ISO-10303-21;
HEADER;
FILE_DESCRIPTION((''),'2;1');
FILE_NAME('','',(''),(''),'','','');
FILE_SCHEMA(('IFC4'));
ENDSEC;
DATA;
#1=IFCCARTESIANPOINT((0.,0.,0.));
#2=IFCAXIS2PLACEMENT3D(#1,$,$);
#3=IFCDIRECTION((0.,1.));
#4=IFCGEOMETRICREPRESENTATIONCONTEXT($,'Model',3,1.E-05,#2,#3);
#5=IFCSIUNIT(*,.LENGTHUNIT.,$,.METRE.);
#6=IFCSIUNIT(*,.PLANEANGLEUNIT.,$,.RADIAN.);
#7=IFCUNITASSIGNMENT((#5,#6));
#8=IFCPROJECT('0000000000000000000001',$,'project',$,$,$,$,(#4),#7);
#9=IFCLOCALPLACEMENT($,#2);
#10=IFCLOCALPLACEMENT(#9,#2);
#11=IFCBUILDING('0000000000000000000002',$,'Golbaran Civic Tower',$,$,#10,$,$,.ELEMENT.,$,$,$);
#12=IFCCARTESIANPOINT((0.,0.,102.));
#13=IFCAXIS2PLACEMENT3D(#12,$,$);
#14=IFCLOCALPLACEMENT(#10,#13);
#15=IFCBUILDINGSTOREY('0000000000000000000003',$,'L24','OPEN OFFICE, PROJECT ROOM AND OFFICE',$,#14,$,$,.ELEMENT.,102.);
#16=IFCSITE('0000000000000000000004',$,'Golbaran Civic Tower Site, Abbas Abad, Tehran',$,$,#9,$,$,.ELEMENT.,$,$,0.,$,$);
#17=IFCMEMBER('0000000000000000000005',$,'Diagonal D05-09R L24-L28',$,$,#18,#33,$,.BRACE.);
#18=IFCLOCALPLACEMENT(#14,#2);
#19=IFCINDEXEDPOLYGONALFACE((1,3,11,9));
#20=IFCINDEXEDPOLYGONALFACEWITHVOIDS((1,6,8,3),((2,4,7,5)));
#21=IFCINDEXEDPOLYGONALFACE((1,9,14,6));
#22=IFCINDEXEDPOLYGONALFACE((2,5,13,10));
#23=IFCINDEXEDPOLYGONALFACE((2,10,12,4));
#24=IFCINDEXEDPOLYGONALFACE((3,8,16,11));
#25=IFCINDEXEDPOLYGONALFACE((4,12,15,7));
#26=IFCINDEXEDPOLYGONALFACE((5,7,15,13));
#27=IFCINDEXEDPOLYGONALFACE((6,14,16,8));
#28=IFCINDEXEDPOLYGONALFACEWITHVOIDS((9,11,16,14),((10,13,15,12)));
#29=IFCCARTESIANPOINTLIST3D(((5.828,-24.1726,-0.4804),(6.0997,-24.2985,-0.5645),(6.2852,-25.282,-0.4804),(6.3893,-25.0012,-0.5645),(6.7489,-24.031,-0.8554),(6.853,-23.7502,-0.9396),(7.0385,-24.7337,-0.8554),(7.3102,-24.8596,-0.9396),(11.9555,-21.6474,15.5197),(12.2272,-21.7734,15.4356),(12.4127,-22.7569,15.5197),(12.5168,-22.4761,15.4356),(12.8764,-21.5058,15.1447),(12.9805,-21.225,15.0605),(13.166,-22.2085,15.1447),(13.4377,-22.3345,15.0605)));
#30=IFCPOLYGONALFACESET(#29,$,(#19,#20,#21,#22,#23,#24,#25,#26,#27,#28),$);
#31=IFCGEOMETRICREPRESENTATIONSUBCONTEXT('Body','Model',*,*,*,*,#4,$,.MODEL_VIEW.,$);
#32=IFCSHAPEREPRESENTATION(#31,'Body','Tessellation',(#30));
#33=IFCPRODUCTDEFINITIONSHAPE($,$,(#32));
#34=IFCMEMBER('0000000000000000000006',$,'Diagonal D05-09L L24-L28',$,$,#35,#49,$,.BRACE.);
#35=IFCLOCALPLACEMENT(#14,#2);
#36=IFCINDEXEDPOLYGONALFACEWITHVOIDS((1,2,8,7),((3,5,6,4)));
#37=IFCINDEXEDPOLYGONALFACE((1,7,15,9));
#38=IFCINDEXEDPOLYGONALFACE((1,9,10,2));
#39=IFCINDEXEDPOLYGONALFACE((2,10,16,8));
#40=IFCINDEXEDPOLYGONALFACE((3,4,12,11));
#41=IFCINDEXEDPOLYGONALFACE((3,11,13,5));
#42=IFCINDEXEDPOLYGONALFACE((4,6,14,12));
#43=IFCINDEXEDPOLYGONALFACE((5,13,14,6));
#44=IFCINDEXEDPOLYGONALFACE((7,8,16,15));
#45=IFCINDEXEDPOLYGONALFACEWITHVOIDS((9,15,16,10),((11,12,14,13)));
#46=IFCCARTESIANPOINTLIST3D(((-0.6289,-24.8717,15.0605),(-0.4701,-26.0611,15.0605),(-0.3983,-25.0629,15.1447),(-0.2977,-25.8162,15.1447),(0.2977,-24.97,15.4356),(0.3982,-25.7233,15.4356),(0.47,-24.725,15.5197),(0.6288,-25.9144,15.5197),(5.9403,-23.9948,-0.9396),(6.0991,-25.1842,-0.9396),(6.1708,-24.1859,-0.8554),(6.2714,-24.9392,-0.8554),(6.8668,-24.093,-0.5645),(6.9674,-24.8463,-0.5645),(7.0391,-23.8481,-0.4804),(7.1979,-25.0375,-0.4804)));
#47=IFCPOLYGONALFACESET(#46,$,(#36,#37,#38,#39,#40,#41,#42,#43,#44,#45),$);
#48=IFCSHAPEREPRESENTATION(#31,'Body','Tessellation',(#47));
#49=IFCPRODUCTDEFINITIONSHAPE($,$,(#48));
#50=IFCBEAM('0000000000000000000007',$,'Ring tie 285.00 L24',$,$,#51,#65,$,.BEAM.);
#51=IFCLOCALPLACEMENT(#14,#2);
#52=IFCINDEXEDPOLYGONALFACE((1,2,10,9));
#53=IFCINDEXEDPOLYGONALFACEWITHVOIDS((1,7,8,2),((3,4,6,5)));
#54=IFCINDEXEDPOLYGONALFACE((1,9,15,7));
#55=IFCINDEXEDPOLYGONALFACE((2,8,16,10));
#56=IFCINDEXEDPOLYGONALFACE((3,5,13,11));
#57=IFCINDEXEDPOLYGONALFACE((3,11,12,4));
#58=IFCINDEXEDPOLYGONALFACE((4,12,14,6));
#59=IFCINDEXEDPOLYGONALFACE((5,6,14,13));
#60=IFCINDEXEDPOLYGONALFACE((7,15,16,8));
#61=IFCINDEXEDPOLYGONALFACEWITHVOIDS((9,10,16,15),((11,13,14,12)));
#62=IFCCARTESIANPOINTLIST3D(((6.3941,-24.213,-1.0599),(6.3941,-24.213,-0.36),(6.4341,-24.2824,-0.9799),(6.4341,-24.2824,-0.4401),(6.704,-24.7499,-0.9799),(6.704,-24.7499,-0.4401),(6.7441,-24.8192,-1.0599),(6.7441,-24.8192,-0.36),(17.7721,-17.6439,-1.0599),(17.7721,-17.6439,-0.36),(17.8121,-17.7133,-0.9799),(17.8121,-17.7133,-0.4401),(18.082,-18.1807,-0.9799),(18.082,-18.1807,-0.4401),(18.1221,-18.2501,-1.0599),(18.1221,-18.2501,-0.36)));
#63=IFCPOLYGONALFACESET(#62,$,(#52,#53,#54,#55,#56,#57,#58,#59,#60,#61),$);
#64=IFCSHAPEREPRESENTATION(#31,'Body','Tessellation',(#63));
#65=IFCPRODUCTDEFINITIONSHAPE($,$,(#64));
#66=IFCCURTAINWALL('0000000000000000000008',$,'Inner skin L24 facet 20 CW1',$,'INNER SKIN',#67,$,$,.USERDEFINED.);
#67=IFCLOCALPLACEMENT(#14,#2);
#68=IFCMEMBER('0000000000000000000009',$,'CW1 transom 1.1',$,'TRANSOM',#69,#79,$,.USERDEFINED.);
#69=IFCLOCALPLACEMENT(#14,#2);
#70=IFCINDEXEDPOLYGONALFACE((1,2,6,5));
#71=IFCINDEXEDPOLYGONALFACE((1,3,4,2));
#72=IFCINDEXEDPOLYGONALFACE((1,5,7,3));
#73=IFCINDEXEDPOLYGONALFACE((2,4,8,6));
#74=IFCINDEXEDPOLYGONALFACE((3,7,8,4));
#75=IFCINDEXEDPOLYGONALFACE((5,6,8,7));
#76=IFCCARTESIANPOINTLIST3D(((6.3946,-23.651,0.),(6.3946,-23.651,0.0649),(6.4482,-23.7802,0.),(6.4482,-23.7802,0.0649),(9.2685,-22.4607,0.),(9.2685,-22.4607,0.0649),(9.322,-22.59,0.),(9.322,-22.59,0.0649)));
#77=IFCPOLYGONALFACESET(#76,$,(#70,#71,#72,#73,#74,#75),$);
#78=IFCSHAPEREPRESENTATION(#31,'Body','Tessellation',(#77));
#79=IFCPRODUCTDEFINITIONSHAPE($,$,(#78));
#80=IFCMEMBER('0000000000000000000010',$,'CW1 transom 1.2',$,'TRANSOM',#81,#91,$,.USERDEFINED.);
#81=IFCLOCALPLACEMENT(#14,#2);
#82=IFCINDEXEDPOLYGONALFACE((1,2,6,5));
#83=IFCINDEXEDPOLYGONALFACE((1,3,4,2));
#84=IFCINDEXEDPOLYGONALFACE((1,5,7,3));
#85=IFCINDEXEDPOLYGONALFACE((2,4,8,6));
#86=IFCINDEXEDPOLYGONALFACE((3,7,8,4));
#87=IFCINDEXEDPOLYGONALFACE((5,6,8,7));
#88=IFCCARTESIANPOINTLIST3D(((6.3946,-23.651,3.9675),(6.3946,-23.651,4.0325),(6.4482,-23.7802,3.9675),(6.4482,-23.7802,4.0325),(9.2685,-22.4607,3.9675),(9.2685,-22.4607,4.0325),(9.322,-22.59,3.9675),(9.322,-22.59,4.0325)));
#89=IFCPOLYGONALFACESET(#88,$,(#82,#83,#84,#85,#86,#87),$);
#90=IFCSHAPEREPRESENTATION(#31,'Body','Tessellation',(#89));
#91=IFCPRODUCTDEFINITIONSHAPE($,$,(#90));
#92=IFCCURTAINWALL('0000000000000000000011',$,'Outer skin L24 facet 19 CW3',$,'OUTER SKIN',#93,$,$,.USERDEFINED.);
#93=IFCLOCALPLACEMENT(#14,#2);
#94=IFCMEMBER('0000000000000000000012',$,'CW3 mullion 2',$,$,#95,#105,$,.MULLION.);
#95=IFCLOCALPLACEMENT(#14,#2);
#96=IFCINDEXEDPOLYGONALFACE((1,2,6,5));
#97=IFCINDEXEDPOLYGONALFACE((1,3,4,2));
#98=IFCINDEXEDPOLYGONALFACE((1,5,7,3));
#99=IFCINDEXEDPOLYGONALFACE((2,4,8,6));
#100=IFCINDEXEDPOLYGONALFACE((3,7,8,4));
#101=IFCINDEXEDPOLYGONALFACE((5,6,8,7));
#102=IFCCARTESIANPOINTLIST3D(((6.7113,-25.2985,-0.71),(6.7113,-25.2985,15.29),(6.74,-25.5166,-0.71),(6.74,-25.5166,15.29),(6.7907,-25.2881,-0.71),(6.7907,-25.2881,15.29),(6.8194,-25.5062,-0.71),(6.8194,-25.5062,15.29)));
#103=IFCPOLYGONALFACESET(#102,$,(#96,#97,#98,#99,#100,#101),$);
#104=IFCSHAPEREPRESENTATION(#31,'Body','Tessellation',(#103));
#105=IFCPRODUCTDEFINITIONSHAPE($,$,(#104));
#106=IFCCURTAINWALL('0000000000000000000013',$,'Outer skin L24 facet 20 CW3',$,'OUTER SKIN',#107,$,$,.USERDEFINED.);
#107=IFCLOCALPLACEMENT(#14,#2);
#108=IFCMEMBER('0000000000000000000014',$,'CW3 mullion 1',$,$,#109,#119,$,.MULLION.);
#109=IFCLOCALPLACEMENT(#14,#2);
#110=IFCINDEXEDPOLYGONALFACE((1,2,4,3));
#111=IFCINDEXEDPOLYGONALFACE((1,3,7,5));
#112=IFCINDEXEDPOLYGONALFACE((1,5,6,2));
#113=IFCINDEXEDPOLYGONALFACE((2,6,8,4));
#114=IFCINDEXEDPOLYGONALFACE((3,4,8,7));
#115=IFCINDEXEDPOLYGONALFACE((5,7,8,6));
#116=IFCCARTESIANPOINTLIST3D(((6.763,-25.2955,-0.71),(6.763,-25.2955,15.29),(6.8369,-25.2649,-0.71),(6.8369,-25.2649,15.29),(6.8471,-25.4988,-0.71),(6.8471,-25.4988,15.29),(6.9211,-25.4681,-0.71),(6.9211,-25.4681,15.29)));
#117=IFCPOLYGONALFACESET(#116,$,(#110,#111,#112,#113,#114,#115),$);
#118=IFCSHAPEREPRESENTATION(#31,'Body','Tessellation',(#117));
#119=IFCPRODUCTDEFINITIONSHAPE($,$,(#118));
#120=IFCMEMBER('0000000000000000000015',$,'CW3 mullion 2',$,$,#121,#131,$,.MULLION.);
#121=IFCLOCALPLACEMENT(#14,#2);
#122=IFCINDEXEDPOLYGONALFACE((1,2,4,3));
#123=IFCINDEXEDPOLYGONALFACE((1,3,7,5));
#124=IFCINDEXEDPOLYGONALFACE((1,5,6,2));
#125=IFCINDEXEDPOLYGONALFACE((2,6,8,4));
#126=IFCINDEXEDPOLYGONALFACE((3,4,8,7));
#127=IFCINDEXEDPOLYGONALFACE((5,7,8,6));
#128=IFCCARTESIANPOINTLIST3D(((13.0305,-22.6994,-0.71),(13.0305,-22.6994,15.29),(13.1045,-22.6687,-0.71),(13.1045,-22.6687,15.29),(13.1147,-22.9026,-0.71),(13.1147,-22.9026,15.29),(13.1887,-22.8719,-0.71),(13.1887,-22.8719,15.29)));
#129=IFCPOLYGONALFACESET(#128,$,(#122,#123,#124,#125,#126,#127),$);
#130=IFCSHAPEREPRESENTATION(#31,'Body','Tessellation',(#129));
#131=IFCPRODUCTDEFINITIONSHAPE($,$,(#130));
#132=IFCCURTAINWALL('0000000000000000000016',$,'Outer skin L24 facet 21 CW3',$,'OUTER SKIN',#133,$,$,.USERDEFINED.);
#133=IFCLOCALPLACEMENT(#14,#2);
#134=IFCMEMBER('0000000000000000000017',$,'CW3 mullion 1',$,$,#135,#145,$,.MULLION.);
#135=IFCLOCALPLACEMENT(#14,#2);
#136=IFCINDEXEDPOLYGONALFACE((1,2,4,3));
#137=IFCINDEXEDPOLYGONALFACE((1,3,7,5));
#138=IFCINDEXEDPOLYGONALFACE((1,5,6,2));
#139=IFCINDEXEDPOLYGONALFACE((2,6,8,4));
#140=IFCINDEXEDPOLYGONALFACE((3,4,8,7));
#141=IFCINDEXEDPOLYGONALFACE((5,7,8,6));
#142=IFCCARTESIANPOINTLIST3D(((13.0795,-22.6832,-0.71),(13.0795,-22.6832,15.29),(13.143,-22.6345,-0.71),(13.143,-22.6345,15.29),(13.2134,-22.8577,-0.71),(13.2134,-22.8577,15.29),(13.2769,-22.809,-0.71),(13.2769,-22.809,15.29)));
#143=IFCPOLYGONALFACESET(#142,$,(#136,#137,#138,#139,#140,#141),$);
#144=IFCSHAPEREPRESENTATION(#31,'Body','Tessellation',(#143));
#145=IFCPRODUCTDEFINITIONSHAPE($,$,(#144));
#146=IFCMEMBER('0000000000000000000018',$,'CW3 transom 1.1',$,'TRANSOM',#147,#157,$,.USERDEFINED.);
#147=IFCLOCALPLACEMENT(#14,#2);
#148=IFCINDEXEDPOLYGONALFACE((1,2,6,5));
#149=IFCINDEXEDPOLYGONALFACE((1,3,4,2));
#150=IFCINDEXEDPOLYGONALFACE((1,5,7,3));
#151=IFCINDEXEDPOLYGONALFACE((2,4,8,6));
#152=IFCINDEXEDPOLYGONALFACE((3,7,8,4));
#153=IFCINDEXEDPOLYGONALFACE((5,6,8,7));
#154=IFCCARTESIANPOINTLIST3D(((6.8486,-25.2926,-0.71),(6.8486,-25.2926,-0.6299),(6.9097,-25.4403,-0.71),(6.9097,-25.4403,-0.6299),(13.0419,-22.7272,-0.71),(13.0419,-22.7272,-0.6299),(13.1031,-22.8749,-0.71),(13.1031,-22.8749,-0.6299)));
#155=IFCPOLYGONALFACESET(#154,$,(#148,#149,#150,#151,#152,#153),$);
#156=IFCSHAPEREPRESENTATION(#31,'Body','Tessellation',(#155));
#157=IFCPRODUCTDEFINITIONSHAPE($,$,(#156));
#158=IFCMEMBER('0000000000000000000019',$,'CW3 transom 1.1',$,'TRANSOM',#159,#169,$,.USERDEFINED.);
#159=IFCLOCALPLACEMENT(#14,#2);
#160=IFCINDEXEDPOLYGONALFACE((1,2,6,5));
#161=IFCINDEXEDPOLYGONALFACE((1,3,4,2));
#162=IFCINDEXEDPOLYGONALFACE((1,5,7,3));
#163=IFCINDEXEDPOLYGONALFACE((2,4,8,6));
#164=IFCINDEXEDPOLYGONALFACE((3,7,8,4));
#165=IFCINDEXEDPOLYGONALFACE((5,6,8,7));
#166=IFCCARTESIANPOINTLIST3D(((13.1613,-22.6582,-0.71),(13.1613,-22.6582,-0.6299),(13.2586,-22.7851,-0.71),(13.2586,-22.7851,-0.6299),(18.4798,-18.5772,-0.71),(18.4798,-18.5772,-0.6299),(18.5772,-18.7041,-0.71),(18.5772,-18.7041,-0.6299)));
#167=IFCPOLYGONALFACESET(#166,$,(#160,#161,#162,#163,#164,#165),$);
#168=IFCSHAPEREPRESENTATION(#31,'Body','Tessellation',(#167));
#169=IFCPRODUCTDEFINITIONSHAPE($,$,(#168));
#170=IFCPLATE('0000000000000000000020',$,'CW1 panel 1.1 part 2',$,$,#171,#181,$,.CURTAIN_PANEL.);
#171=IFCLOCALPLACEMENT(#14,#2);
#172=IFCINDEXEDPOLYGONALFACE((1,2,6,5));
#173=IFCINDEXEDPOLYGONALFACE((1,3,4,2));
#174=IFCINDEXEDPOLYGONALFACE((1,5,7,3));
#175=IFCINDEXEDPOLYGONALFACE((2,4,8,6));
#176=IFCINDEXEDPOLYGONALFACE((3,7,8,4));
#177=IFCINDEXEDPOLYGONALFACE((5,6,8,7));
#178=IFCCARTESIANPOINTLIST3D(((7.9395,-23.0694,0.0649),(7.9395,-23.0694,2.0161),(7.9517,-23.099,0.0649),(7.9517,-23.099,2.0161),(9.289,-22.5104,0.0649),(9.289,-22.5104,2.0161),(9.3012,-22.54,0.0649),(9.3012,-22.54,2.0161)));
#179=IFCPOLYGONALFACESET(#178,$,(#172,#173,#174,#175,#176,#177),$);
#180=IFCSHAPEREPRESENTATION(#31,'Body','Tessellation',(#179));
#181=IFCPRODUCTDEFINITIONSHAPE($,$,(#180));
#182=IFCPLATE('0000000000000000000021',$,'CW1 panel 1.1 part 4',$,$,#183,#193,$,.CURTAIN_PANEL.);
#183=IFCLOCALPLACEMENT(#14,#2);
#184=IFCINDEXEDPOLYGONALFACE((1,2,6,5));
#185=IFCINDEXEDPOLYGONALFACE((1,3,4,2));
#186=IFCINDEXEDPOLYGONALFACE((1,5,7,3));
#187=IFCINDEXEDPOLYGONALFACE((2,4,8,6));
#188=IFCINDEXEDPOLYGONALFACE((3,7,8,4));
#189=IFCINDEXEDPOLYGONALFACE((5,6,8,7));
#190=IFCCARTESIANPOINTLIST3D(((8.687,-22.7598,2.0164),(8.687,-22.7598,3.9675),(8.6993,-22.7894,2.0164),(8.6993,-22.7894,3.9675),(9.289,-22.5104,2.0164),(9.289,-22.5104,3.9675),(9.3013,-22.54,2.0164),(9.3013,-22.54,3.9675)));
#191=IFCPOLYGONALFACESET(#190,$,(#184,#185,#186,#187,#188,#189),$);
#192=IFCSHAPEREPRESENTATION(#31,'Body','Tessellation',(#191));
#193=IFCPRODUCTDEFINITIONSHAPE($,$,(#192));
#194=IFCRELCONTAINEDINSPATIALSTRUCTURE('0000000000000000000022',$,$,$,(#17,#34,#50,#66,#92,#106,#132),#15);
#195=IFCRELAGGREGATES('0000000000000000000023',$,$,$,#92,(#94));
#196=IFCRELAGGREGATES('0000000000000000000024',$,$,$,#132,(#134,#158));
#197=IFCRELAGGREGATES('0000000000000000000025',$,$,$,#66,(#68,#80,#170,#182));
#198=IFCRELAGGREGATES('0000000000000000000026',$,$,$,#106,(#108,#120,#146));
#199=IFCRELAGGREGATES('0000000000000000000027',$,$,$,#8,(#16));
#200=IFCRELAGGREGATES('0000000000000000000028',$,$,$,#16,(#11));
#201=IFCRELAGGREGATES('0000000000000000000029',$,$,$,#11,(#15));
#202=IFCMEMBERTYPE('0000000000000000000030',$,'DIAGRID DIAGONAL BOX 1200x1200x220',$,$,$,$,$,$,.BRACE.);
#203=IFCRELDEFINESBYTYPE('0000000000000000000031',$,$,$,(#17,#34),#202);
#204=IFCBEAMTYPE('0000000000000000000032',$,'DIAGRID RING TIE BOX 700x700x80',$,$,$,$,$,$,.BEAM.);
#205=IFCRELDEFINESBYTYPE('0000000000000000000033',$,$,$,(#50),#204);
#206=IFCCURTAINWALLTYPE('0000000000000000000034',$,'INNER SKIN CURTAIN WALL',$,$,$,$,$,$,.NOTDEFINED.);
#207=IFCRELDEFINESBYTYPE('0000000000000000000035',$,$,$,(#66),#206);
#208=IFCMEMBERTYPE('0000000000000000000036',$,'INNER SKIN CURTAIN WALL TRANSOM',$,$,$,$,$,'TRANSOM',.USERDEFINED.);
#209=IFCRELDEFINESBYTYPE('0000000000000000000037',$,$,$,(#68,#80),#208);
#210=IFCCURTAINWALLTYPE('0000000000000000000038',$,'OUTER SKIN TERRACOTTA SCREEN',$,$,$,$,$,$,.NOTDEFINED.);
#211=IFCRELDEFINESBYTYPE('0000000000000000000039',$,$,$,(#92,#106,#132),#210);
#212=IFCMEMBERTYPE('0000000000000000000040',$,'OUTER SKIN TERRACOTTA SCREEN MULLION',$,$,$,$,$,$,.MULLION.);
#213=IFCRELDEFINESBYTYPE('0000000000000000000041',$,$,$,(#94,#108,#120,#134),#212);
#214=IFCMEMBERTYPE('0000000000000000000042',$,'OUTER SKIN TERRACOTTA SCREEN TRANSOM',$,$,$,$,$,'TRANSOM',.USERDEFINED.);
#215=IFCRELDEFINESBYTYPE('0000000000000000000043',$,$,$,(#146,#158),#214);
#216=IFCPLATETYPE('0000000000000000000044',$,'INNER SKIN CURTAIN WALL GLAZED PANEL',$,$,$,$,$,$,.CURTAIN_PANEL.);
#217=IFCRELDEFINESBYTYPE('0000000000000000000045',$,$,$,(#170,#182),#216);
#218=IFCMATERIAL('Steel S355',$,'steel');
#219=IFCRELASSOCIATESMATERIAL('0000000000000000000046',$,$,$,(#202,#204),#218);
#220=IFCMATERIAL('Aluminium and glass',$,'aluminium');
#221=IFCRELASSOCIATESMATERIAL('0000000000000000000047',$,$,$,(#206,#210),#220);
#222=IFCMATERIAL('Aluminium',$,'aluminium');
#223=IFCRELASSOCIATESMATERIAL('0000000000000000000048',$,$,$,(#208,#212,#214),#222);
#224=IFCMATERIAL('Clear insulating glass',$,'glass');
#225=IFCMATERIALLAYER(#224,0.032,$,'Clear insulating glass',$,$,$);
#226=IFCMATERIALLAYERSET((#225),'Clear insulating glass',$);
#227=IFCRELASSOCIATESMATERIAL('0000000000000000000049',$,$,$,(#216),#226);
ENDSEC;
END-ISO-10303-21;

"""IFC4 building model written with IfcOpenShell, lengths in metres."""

from ifc_helpers import new_model, si_unit, direction, frame, origin, origin_2d, place, context, subcontext, project, spatial, rectangle, hollow_rectangle, extrude, material, layer, layer_set, material_profile, profile_set, type_object, element, aggregate, save


model = new_model("IFC4")

# Units and contexts
model_context = context("Model", 3, precision=1e-05, world=origin(), true_north=direction((0.0, 1.0)))
body_context = subcontext(model_context, "Body", "Model", "MODEL_VIEW")
ifc_project = project(units=[si_unit("LENGTHUNIT", "METRE"), si_unit("PLANEANGLEUNIT", "RADIAN")], contexts=[model_context])

# Site, building, storey
site_placement = place(None, origin())
site = spatial("IfcSite", under=ifc_project, at=site_placement, Name="Golbaran Civic Tower Site, Abbas Abad, Tehran", CompositionType="ELEMENT", RefElevation=0.0)
building_placement = place(site_placement, origin())
building = spatial("IfcBuilding", under=site, at=building_placement, Name="Golbaran Civic Tower", CompositionType="ELEMENT")
storey_placement = place(building_placement, frame((0.0, 0.0, 102.0)))
storey = spatial("IfcBuildingStorey", under=building, at=storey_placement, Name="L24", Description="OPEN OFFICE, PROJECT ROOM AND OFFICE", CompositionType="ELEMENT", Elevation=102.0)

# Members
ifc_material_1 = material(Name="Steel S355", Category="steel")
ifc_material_profile_1 = material_profile(ifc_material_1, hollow_rectangle(XDim=1.2, YDim=1.2, WallThickness=0.22, at=origin_2d()), Name="BOX 1200x1200x220")
ifc_profile_set_1 = profile_set([ifc_material_profile_1], Name="Steel S355")
member_type_1 = type_object("IfcMemberType", Name="DIAGRID DIAGONAL BOX 1200x1200x220", PredefinedType="BRACE", material=ifc_profile_set_1)
for number, where, z_axis, x_axis, name in (
    (1, (6.5691, -24.5161, -0.71), (0.353814, 0.145808, 0.923881), (-0.381018, 0.924567, 0.0), "Diagonal D05-09R L24-L28"),
    (2, (6.5691, -24.5161, -0.71), (-0.379316, -0.050637, 0.923881), (0.132323, -0.991207, 0.0), "Diagonal D05-09L L24-L28"),
):
    element("IfcMember", number, at=place(storey_placement, frame(where, z_axis=z_axis, x_axis=x_axis)), inside=storey, type_object=member_type_1, Name=name, PredefinedType="BRACE", context=body_context, shape_type="SweptSolid", body=[
        extrude(hollow_rectangle(XDim=1.2, YDim=1.2, WallThickness=0.22, at=origin_2d()), origin(), (0.0, 0.0, 1.0), 17.3184),
    ])

# Beam
ifc_material_profile_2 = material_profile(ifc_material_1, hollow_rectangle(XDim=0.7, YDim=0.7, WallThickness=0.0801, at=origin_2d()), Name="BOX 700x700x80")
ifc_profile_set_2 = profile_set([ifc_material_profile_2], Name="Steel S355")
beam_type = type_object("IfcBeamType", Name="DIAGRID RING TIE BOX 700x700x80", PredefinedType="BEAM", material=ifc_profile_set_2)
beam_placement = place(storey_placement, frame((6.5691, -24.5161, -0.71), z_axis=(0.866024, 0.500002, 0.0), x_axis=(-0.500002, 0.866024, 0.0)))
element("IfcBeam", 3, at=beam_placement, inside=storey, type_object=beam_type, Name="Ring tie 285.00 L24", PredefinedType="BEAM", context=body_context, shape_type="SweptSolid", body=[
    extrude(hollow_rectangle(XDim=0.7, YDim=0.7, WallThickness=0.0801, at=origin_2d()), origin(), (0.0, 0.0, 1.0), 13.1382),
])

# Curtain wall, members
ifc_material_2 = material(Name="Aluminium and glass", Category="aluminium")
curtain_wall_type_1 = type_object("IfcCurtainWallType", Name="INNER SKIN CURTAIN WALL", PredefinedType="NOTDEFINED", material=ifc_material_2)
curtain_wall_1_placement = place(storey_placement, origin())
curtain_wall_1 = element("IfcCurtainWall", 4, at=curtain_wall_1_placement, inside=storey, type_object=curtain_wall_type_1, Name="Inner skin L24 facet 20 CW1", ObjectType="INNER SKIN", PredefinedType="USERDEFINED")
ifc_material_3 = material(Name="Aluminium", Category="aluminium")
ifc_material_profile_3 = material_profile(ifc_material_3, rectangle(XDim=0.1399, YDim=0.0649, at=origin_2d()), Name="INNER SKIN CURTAIN WALL TRANSOM")
ifc_profile_set_3 = profile_set([ifc_material_profile_3], Name="Aluminium")
member_type_2 = type_object("IfcMemberType", Name="INNER SKIN CURTAIN WALL TRANSOM", ElementType="TRANSOM", PredefinedType="USERDEFINED", material=ifc_profile_set_3)
member_1_placement = place(storey_placement, frame((6.4214, -23.7156, 0.0325), z_axis=(0.923899, 0.382636, 0.0), x_axis=(-0.382636, 0.923899, 0.0)))
member_1 = element("IfcMember", 5, at=member_1_placement, type_object=member_type_2, Name="CW1 transom 1.1", ObjectType="TRANSOM", PredefinedType="USERDEFINED", context=body_context, shape_type="SweptSolid", body=[
    extrude(rectangle(XDim=0.1399, YDim=0.0649, at=origin_2d()), origin(), (0.0, 0.0, 1.0), 3.1106),
])
member_2_placement = place(storey_placement, frame((6.4214, -23.7156, 4.0), z_axis=(0.923899, 0.382636, 0.0), x_axis=(-0.382636, 0.923899, 0.0)))
member_2 = element("IfcMember", 6, at=member_2_placement, type_object=member_type_2, Name="CW1 transom 1.2", ObjectType="TRANSOM", PredefinedType="USERDEFINED", context=body_context, shape_type="SweptSolid", body=[
    extrude(rectangle(XDim=0.1399, YDim=0.0649, at=origin_2d()), origin(), (0.0, 0.0, 1.0), 3.1106),
])

# Curtain wall, member
curtain_wall_type_2 = type_object("IfcCurtainWallType", Name="OUTER SKIN TERRACOTTA SCREEN", PredefinedType="NOTDEFINED", material=ifc_material_2)
curtain_wall_2_placement = place(storey_placement, origin())
curtain_wall_2 = element("IfcCurtainWall", 7, at=curtain_wall_2_placement, inside=storey, type_object=curtain_wall_type_2, Name="Outer skin L24 facet 19 CW3", ObjectType="OUTER SKIN", PredefinedType="USERDEFINED")
ifc_material_profile_4 = material_profile(ifc_material_3, rectangle(XDim=0.22, YDim=0.0801, at=origin_2d()), Name="OUTER SKIN TERRACOTTA SCREEN MULLION")
ifc_profile_set_4 = profile_set([ifc_material_profile_4], Name="Aluminium")
member_type_3 = type_object("IfcMemberType", Name="OUTER SKIN TERRACOTTA SCREEN MULLION", PredefinedType="MULLION", material=ifc_profile_set_4)
member_3_placement = place(storey_placement, frame((6.7654, -25.4023, -0.71), z_axis=(0.0, 0.0, 1.0), x_axis=(-0.130526, 0.991445, 0.0)))
member_3 = element("IfcMember", 8, at=member_3_placement, type_object=member_type_3, Name="CW3 mullion 2", PredefinedType="MULLION", context=body_context, shape_type="SweptSolid", body=[
    extrude(rectangle(XDim=0.22, YDim=0.0801, at=origin_2d()), origin(), (0.0, 0.0, 1.0), 16.0),
])
aggregate(curtain_wall_2, [member_3])

# Curtain wall, members
curtain_wall_3_placement = place(storey_placement, origin())
curtain_wall_3 = element("IfcCurtainWall", 9, at=curtain_wall_3_placement, inside=storey, type_object=curtain_wall_type_2, Name="Outer skin L24 facet 20 CW3", ObjectType="OUTER SKIN", PredefinedType="USERDEFINED")
member_4_placement = place(storey_placement, frame((6.842, -25.3818, -0.71), z_axis=(0.0, 0.0, 1.0), x_axis=(-0.382683, 0.92388, 0.0)))
member_4 = element("IfcMember", 10, at=member_4_placement, type_object=member_type_3, Name="CW3 mullion 1", PredefinedType="MULLION", context=body_context, shape_type="SweptSolid", body=[
    extrude(rectangle(XDim=0.22, YDim=0.0801, at=origin_2d()), origin(), (0.0, 0.0, 1.0), 16.0),
])
member_5_placement = place(storey_placement, frame((13.1096, -22.7856, -0.71), z_axis=(0.0, 0.0, 1.0), x_axis=(-0.382683, 0.92388, 0.0)))
member_5 = element("IfcMember", 11, at=member_5_placement, type_object=member_type_3, Name="CW3 mullion 2", PredefinedType="MULLION", context=body_context, shape_type="SweptSolid", body=[
    extrude(rectangle(XDim=0.22, YDim=0.0801, at=origin_2d()), origin(), (0.0, 0.0, 1.0), 16.0),
])

# Curtain wall, member
curtain_wall_4_placement = place(storey_placement, origin())
curtain_wall_4 = element("IfcCurtainWall", 12, at=curtain_wall_4_placement, inside=storey, type_object=curtain_wall_type_2, Name="Outer skin L24 facet 21 CW3", ObjectType="OUTER SKIN", PredefinedType="USERDEFINED")
member_6_placement = place(storey_placement, frame((13.1782, -22.7461, -0.71), z_axis=(0.0, 0.0, 1.0), x_axis=(-0.608761, 0.793353, 0.0)))
member_6 = element("IfcMember", 13, at=member_6_placement, type_object=member_type_3, Name="CW3 mullion 1", PredefinedType="MULLION", context=body_context, shape_type="SweptSolid", body=[
    extrude(rectangle(XDim=0.22, YDim=0.0801, at=origin_2d()), origin(), (0.0, 0.0, 1.0), 16.0),
])

# Members
ifc_material_profile_5 = material_profile(ifc_material_3, rectangle(XDim=0.1599, YDim=0.0801, at=origin_2d()), Name="OUTER SKIN TERRACOTTA SCREEN TRANSOM")
ifc_profile_set_5 = profile_set([ifc_material_profile_5], Name="Aluminium")
member_type_4 = type_object("IfcMemberType", Name="OUTER SKIN TERRACOTTA SCREEN TRANSOM", ElementType="TRANSOM", PredefinedType="USERDEFINED", material=ifc_profile_set_5)
member_7_placement = place(storey_placement, frame((6.8792, -25.3665, -0.6699), z_axis=(0.923877, 0.382691, 0.0), x_axis=(-0.382691, 0.923877, 0.0)))
member_7 = element("IfcMember", 14, at=member_7_placement, type_object=member_type_4, Name="CW3 transom 1.1", ObjectType="TRANSOM", PredefinedType="USERDEFINED", context=body_context, shape_type="SweptSolid", body=[
    extrude(rectangle(XDim=0.1599, YDim=0.0801, at=origin_2d()), origin(), (0.0, 0.0, 1.0), 6.7036),
])
member_8_placement = place(storey_placement, frame((13.21, -22.7217, -0.6699), z_axis=(0.793357, 0.608756, 0.0), x_axis=(-0.608756, 0.793357, 0.0)))
member_8 = element("IfcMember", 15, at=member_8_placement, type_object=member_type_4, Name="CW3 transom 1.1", ObjectType="TRANSOM", PredefinedType="USERDEFINED", context=body_context, shape_type="SweptSolid", body=[
    extrude(rectangle(XDim=0.1599, YDim=0.0801, at=origin_2d()), origin(), (0.0, 0.0, 1.0), 6.7039),
])
aggregate(curtain_wall_4, [member_6, member_8])

# Plates
ifc_material_4 = material(Name="Clear insulating glass", Category="glass")
ifc_layer_1 = layer(ifc_material_4, 0.032, Name="Clear insulating glass")
ifc_layer_set_1 = layer_set([ifc_layer_1], Name="Clear insulating glass")
plate_type_1 = type_object("IfcPlateType", Name="INNER SKIN CURTAIN WALL GLAZED PANEL", PredefinedType="CURTAIN_PANEL", material=ifc_layer_set_1)
plate_1_placement = place(storey_placement, frame((8.6204, -22.8047, 0.0649), z_axis=(0.0, 0.0, 1.0), x_axis=(0.92388, 0.382683, 0.0)))
plate_1 = element("IfcPlate", 16, at=plate_1_placement, type_object=plate_type_1, Name="CW1 panel 1.1 part 2", PredefinedType="CURTAIN_PANEL", context=body_context, shape_type="SweptSolid", body=[
    extrude(rectangle(XDim=1.4607, YDim=0.032, at=origin_2d()), origin(), (0.0, 0.0, 1.0), 1.9512),
])
plate_2_placement = place(storey_placement, frame((8.9941, -22.6499, 2.0164), z_axis=(0.0, 0.0, 1.0), x_axis=(0.92388, 0.382683, 0.0)))
plate_2 = element("IfcPlate", 17, at=plate_2_placement, type_object=plate_type_1, Name="CW1 panel 1.1 part 4", PredefinedType="CURTAIN_PANEL", context=body_context, shape_type="SweptSolid", body=[
    extrude(rectangle(XDim=0.6516, YDim=0.032, at=origin_2d()), origin(), (0.0, 0.0, 1.0), 1.9512),
])
aggregate(curtain_wall_1, [member_1, member_2, plate_1, plate_2])
aggregate(curtain_wall_3, [member_4, member_5, member_7])

save(model, "model.ifc")
